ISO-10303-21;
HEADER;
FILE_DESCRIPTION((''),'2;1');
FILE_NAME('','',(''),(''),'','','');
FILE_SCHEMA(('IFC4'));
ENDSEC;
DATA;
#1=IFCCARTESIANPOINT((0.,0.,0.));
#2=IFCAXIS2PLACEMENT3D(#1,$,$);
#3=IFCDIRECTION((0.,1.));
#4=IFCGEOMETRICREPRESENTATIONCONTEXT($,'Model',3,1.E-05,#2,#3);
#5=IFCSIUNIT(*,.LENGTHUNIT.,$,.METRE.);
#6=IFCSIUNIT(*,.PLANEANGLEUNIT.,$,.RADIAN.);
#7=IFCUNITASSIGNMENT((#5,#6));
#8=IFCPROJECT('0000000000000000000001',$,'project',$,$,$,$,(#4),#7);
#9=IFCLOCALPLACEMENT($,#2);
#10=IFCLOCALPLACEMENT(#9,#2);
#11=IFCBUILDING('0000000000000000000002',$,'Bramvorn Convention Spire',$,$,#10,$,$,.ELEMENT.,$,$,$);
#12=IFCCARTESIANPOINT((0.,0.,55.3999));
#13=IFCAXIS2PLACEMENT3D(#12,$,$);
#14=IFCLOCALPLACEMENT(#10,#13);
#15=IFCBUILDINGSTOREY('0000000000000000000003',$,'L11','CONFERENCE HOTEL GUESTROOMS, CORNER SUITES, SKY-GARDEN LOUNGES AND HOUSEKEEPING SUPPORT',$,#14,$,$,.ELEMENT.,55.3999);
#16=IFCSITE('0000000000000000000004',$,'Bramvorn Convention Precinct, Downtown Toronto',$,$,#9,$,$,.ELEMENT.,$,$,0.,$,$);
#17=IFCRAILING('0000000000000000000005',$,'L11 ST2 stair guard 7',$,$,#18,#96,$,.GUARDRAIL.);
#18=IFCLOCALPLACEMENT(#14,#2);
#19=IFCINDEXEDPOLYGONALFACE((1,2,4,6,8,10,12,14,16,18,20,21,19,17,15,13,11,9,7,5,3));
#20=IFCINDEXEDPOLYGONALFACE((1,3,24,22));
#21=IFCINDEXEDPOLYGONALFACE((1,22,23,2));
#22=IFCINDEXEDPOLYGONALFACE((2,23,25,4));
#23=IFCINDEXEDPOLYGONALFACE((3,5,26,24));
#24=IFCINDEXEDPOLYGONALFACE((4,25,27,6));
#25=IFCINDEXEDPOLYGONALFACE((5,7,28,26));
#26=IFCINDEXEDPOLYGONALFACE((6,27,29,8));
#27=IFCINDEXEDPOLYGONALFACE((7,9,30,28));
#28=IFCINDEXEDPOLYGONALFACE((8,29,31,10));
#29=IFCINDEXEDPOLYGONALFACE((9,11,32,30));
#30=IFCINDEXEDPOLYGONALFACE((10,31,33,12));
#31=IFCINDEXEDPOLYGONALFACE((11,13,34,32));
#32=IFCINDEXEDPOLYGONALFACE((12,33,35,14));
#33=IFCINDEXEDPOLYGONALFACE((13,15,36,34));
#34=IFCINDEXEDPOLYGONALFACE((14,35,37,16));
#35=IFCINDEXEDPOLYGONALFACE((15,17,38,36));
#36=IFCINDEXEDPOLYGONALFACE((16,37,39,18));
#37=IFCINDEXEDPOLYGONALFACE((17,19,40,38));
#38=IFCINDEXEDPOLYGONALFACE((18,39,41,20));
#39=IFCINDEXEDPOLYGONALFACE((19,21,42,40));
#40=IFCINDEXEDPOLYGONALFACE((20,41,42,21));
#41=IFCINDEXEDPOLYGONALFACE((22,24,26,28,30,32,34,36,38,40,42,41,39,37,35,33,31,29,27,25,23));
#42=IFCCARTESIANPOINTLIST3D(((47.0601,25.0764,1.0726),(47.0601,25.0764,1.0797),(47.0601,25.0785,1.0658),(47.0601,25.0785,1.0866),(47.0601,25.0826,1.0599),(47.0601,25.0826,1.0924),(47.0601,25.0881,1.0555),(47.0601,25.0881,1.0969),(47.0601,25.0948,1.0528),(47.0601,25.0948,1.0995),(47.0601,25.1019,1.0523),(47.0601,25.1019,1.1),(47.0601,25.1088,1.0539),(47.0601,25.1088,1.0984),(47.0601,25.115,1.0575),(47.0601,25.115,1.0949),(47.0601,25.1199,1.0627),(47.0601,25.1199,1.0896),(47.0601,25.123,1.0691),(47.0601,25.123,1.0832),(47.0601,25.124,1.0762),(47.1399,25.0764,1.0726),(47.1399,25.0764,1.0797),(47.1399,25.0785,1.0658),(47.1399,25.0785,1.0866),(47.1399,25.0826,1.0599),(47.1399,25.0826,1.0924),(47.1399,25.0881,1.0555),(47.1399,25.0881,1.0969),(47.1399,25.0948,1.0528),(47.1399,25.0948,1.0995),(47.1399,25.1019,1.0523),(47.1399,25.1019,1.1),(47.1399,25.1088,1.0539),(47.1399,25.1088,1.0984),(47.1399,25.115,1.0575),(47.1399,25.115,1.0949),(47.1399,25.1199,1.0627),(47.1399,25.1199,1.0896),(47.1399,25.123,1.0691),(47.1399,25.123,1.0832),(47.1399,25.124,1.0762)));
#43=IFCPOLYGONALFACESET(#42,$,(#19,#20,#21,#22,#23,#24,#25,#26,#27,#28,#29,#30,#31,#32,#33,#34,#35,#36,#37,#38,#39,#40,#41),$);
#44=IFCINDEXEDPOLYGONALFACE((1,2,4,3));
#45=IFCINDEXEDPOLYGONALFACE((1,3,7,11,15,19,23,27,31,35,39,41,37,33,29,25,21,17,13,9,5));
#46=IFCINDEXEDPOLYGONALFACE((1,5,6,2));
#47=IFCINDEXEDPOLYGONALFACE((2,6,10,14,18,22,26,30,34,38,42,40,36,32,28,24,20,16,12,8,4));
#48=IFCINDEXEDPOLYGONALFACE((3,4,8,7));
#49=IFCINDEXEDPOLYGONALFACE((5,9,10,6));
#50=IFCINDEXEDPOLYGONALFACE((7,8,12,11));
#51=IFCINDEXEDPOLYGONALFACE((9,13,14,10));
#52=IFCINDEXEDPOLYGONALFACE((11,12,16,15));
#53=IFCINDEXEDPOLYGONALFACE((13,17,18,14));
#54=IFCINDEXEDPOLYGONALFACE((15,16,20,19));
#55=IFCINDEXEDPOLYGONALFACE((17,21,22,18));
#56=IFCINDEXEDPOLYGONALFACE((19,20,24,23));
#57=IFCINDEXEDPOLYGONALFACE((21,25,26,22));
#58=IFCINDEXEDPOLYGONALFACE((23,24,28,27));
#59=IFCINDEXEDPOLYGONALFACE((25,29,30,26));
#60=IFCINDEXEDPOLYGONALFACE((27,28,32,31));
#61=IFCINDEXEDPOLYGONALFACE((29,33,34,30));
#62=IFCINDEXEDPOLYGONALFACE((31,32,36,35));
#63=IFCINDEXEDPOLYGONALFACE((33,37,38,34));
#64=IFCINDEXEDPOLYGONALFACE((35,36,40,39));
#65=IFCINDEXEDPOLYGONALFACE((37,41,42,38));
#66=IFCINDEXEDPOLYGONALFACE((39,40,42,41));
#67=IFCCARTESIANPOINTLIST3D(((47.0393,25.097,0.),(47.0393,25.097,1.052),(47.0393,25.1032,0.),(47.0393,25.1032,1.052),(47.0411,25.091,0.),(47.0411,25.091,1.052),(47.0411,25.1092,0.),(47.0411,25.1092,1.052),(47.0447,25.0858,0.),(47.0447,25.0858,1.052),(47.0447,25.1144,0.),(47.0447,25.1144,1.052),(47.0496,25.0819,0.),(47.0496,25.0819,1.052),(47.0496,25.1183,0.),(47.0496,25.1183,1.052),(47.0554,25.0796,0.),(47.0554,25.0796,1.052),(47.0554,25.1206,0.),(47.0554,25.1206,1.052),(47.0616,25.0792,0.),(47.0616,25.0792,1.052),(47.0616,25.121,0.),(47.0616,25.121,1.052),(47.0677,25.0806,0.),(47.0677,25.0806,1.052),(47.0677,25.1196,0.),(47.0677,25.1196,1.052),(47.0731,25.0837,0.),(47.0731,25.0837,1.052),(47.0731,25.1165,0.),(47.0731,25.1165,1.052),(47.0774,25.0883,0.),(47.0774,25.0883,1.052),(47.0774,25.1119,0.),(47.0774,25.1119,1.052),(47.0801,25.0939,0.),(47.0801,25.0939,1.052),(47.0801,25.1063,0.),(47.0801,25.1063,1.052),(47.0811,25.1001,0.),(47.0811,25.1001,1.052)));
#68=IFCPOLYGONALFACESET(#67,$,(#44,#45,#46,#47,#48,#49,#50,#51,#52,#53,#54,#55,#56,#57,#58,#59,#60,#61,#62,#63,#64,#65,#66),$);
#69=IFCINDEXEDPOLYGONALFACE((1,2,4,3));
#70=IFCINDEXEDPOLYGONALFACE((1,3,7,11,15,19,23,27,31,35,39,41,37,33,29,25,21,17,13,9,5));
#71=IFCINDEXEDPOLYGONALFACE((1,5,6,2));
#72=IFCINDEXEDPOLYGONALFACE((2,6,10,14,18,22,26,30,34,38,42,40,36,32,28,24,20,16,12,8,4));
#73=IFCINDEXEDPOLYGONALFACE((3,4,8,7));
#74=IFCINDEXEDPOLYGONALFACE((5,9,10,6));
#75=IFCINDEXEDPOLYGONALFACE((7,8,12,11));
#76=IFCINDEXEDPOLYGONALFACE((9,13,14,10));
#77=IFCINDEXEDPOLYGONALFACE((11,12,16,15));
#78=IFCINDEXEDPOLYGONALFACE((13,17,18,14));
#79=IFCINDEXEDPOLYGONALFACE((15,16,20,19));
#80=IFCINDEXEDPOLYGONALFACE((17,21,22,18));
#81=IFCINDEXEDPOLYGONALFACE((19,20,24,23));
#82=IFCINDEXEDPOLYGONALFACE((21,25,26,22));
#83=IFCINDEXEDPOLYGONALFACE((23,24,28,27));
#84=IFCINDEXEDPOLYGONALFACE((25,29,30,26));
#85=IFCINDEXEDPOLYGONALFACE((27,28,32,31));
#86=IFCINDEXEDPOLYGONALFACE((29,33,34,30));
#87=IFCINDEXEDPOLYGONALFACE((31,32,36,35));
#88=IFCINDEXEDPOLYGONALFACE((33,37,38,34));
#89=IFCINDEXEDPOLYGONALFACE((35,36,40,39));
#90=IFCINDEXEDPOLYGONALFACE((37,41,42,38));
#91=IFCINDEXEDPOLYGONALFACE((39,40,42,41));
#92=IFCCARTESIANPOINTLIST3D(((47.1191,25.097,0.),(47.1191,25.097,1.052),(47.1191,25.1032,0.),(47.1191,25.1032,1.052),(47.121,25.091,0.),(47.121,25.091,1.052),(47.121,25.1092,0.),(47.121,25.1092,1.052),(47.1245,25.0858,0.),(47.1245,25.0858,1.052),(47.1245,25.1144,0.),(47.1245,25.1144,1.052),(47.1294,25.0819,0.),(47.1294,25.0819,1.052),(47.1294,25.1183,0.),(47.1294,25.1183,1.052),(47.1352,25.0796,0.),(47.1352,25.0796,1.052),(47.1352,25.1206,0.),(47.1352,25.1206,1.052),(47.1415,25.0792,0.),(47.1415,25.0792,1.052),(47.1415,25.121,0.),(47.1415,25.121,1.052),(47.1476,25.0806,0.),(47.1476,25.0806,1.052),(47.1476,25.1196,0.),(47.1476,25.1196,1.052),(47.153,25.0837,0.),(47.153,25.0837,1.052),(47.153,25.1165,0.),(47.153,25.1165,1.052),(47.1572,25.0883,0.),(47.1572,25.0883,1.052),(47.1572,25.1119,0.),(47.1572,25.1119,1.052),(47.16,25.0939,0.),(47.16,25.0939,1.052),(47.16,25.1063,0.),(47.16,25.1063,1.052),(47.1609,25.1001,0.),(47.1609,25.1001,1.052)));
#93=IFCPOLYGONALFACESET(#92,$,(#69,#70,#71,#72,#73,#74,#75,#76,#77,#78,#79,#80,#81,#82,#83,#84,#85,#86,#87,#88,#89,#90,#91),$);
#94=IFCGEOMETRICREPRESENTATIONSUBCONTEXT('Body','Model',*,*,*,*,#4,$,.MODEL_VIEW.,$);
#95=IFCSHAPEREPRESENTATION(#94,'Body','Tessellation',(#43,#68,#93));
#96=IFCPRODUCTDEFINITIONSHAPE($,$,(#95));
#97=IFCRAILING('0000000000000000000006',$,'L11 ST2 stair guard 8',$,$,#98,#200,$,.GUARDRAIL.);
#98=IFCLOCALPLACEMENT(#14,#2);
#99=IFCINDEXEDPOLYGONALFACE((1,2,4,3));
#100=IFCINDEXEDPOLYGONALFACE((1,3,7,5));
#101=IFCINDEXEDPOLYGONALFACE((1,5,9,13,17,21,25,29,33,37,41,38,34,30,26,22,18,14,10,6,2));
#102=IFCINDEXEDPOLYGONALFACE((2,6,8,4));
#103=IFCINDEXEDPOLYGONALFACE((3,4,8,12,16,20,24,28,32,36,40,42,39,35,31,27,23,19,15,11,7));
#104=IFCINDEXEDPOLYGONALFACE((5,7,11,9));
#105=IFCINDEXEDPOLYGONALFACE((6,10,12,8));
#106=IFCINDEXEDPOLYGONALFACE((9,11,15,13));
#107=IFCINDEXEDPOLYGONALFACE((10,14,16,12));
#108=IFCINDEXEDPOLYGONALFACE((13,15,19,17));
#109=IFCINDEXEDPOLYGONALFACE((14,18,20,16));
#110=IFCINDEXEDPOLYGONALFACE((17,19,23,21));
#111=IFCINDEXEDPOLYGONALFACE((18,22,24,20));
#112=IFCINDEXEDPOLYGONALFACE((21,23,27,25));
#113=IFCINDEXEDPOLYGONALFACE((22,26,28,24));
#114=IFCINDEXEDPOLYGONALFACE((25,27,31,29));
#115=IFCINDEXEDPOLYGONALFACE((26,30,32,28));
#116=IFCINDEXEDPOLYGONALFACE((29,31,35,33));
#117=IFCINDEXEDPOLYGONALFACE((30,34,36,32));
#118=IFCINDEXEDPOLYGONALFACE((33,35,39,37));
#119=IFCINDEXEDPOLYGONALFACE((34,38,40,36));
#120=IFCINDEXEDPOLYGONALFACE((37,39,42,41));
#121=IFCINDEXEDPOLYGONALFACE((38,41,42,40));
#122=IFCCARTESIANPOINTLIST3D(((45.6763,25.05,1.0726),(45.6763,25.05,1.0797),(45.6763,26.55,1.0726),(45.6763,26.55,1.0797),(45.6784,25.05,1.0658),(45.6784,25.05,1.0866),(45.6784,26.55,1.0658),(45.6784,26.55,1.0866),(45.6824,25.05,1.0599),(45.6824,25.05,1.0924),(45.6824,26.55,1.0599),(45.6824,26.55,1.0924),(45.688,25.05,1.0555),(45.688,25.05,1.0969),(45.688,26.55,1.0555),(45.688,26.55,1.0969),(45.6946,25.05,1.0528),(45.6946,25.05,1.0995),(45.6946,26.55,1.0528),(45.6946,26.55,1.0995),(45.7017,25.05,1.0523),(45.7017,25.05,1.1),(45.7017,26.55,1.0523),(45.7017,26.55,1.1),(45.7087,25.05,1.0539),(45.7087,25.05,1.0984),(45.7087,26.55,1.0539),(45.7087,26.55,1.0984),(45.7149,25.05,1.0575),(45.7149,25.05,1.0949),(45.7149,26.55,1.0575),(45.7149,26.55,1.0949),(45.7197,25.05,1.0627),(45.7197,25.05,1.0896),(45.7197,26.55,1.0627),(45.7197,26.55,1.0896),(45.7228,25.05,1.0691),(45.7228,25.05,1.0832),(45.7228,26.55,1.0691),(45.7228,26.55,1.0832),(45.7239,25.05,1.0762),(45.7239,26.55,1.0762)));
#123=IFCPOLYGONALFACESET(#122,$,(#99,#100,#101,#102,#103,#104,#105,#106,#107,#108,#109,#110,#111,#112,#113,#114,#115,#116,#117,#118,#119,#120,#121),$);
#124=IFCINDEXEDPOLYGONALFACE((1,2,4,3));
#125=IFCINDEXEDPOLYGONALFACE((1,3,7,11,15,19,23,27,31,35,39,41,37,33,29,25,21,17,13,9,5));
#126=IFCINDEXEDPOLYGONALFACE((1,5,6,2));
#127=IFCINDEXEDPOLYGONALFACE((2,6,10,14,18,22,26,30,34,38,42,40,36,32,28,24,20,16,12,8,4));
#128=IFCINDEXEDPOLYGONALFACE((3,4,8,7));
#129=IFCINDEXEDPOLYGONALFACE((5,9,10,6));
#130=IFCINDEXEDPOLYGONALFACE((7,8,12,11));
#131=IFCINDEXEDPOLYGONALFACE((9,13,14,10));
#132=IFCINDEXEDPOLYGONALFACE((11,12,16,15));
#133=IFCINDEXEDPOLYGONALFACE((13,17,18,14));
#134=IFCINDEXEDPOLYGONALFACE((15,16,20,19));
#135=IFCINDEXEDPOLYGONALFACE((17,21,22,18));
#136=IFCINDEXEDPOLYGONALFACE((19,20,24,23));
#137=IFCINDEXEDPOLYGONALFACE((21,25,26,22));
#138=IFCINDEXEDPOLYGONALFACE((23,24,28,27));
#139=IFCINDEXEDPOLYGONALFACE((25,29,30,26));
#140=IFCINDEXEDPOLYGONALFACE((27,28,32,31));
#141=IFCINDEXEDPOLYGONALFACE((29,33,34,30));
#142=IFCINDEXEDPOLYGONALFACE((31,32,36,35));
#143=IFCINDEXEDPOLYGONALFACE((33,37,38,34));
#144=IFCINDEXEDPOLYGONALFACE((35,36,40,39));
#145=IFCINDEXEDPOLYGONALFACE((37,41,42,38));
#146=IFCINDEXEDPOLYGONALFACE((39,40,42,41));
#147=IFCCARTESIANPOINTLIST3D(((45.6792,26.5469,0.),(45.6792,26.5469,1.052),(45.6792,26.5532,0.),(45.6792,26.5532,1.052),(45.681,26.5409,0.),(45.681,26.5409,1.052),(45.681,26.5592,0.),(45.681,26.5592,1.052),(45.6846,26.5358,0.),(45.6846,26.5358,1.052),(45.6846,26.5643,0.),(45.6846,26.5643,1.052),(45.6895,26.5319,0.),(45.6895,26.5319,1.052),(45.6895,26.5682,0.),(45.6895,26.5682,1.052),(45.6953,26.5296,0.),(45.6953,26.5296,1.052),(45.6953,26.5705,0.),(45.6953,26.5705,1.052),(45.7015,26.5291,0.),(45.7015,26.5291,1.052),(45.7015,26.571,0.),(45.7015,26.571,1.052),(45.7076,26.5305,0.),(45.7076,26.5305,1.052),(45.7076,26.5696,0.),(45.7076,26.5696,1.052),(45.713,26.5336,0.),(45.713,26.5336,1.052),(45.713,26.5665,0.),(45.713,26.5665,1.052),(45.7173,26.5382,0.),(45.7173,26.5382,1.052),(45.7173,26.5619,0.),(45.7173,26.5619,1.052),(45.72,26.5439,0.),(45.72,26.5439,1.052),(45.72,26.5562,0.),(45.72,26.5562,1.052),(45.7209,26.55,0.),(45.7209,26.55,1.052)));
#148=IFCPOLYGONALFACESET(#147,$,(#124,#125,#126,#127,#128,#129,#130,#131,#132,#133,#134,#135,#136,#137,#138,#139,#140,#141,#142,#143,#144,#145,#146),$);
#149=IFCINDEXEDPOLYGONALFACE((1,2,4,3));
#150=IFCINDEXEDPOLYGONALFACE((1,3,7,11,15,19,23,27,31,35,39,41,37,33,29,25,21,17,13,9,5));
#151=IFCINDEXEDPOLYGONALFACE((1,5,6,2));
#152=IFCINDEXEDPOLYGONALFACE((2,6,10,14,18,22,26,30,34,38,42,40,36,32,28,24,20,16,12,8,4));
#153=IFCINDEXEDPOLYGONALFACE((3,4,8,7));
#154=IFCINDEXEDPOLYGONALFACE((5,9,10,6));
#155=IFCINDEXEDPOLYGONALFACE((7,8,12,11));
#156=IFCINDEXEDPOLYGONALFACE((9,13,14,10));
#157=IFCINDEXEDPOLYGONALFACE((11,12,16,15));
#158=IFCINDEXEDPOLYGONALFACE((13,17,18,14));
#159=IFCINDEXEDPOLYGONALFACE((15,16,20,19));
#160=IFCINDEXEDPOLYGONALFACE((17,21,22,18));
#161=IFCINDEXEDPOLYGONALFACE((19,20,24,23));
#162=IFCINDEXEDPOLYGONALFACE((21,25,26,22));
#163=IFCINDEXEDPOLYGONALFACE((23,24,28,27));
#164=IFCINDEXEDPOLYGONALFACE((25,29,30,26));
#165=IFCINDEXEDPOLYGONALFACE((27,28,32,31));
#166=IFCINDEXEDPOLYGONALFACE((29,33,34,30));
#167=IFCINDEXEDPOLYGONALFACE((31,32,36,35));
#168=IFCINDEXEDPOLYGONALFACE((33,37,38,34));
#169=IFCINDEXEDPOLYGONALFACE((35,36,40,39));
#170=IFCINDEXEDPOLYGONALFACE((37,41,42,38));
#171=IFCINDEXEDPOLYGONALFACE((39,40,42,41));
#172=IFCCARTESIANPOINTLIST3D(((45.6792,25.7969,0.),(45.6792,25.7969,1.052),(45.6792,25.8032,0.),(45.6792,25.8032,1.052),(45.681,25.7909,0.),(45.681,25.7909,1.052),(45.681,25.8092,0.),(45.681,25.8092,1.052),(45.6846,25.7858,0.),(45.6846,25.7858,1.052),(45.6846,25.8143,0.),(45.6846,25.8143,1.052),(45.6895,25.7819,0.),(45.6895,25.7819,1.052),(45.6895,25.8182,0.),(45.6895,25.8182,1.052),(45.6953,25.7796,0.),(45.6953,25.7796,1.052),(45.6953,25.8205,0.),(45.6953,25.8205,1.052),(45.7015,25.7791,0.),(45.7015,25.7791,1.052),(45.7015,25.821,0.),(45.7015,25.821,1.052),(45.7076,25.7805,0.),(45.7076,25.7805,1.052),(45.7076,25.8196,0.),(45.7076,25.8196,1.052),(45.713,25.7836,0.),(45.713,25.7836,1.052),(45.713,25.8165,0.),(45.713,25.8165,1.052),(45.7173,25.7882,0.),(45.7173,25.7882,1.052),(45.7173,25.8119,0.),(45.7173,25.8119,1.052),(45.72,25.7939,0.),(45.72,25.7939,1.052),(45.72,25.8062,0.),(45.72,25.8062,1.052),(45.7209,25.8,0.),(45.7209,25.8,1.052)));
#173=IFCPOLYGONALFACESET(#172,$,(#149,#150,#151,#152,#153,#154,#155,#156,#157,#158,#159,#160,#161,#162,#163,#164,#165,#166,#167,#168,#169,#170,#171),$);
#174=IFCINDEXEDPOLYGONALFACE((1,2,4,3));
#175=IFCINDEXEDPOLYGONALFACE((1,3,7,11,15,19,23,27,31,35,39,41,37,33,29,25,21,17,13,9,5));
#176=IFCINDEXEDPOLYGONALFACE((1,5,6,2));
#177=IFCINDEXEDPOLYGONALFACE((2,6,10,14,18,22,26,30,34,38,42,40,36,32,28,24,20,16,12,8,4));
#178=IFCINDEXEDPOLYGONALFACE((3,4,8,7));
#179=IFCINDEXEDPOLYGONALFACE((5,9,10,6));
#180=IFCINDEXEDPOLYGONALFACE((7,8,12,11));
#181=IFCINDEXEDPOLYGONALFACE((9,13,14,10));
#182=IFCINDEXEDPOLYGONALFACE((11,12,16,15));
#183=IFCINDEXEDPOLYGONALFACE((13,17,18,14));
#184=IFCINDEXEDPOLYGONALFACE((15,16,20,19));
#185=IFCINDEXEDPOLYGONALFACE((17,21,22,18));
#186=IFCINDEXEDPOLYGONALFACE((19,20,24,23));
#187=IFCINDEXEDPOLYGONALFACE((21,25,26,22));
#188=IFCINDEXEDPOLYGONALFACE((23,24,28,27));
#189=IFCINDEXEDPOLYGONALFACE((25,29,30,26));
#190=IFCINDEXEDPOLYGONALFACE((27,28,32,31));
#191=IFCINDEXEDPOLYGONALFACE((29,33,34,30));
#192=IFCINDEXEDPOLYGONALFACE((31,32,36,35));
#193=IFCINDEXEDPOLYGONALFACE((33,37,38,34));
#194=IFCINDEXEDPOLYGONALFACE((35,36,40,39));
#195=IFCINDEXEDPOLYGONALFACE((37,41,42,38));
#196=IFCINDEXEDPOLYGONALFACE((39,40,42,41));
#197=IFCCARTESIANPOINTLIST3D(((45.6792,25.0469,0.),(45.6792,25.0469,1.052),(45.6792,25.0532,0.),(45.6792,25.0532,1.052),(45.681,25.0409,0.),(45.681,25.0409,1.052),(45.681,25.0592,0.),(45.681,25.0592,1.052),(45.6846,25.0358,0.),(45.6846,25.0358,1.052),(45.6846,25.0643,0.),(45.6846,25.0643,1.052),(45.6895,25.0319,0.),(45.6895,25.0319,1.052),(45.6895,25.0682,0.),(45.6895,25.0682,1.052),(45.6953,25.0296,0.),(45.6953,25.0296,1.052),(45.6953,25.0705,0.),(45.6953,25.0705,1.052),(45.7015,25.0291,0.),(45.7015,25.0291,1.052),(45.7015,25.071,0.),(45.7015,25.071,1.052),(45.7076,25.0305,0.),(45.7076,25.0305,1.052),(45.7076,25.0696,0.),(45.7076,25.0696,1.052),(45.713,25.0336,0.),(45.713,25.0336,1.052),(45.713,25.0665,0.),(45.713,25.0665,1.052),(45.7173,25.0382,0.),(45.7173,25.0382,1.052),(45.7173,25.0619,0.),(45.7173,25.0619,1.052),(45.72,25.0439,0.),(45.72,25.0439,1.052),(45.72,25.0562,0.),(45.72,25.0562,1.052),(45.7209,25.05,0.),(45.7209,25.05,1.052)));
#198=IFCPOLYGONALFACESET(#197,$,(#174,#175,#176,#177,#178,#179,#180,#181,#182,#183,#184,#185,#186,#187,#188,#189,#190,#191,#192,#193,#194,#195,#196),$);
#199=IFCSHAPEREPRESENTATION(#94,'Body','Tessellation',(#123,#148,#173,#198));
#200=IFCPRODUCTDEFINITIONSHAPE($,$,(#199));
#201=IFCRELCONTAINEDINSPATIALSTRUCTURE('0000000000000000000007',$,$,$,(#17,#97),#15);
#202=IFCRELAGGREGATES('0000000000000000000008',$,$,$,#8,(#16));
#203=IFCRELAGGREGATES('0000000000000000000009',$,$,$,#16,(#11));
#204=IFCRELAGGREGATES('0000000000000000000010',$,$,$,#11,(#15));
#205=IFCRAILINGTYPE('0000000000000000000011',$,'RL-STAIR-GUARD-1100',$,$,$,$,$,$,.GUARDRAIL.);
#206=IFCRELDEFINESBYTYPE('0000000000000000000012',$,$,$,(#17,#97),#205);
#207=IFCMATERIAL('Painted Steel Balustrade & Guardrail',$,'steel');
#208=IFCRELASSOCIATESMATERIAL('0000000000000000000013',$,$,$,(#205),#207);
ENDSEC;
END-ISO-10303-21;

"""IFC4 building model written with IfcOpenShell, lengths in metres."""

from ifc_helpers import new_model, si_unit, direction, frame, origin, origin_2d, place, context, subcontext, project, spatial, circle, extrude, material, type_object, element, save


model = new_model("IFC4")

# Units and contexts
model_context = context("Model", 3, precision=1e-05, world=origin(), true_north=direction((0.0, 1.0)))
body_context = subcontext(model_context, "Body", "Model", "MODEL_VIEW")
ifc_project = project(units=[si_unit("LENGTHUNIT", "METRE"), si_unit("PLANEANGLEUNIT", "RADIAN")], contexts=[model_context])

# Site, building, storey
site_placement = place(None, origin())
site = spatial("IfcSite", under=ifc_project, at=site_placement, Name="Bramvorn Convention Precinct, Downtown Toronto", CompositionType="ELEMENT", RefElevation=0.0)
building_placement = place(site_placement, origin())
building = spatial("IfcBuilding", under=site, at=building_placement, Name="Bramvorn Convention Spire", CompositionType="ELEMENT")
storey_placement = place(building_placement, frame((0.0, 0.0, 55.3999)))
storey = spatial("IfcBuildingStorey", under=building, at=storey_placement, Name="L11", Description="CONFERENCE HOTEL GUESTROOMS, CORNER SUITES, SKY-GARDEN LOUNGES AND HOUSEKEEPING SUPPORT", CompositionType="ELEMENT", Elevation=55.3999)

# Railings
ifc_material_1 = material(Name="Painted Steel Balustrade & Guardrail", Category="steel")
railing_type_1 = type_object("IfcRailingType", Name="RL-STAIR-GUARD-1100", PredefinedType="GUARDRAIL", material=ifc_material_1)
railing_1_placement = place(storey_placement, frame((47.0601, 25.1001, 0.0)))
element("IfcRailing", 1, at=railing_1_placement, inside=storey, type_object=railing_type_1, Name="L11 ST2 stair guard 7", PredefinedType="GUARDRAIL", context=body_context, shape_type="SweptSolid", body=[
    extrude(circle(Radius=0.0239, at=origin_2d()), frame((0.0, 0.0, 1.0762), z_axis=(1.0, 0.0, 0.0), x_axis=(0.0, 1.0, 0.0)), (0.0, 0.0, 1.0), 0.0798),
    extrude(circle(Radius=0.021, at=origin_2d()), origin(), (0.0, 0.0, 1.0), 1.052),
    extrude(circle(Radius=0.021, at=origin_2d()), frame((0.0798, 0.0, 0.0)), (0.0, 0.0, 1.0), 1.052),
])
for number, where, name in (
    (2, (45.7, 26.55, 0.0), "L11 ST2 stair guard 8"),
):
    element("IfcRailing", number, at=place(storey_placement, frame(where)), inside=storey, type_object=railing_type_1, Name=name, PredefinedType="GUARDRAIL", context=body_context, shape_type="SweptSolid", body=[
        extrude(circle(Radius=0.0239, at=origin_2d()), frame((0.0, 0.0, 1.0762), z_axis=(0.0, -1.0, 0.0), x_axis=(1.0, 0.0, 0.0)), (0.0, 0.0, 1.0), 1.5),
        extrude(circle(Radius=0.021, at=origin_2d()), origin(), (0.0, 0.0, 1.0), 1.052),
        extrude(circle(Radius=0.021, at=origin_2d()), frame((0.0, -0.75, 0.0)), (0.0, 0.0, 1.0), 1.052),
        extrude(circle(Radius=0.021, at=origin_2d()), frame((0.0, -1.5, 0.0)), (0.0, 0.0, 1.0), 1.052),
    ])

save(model, "model.ifc")
